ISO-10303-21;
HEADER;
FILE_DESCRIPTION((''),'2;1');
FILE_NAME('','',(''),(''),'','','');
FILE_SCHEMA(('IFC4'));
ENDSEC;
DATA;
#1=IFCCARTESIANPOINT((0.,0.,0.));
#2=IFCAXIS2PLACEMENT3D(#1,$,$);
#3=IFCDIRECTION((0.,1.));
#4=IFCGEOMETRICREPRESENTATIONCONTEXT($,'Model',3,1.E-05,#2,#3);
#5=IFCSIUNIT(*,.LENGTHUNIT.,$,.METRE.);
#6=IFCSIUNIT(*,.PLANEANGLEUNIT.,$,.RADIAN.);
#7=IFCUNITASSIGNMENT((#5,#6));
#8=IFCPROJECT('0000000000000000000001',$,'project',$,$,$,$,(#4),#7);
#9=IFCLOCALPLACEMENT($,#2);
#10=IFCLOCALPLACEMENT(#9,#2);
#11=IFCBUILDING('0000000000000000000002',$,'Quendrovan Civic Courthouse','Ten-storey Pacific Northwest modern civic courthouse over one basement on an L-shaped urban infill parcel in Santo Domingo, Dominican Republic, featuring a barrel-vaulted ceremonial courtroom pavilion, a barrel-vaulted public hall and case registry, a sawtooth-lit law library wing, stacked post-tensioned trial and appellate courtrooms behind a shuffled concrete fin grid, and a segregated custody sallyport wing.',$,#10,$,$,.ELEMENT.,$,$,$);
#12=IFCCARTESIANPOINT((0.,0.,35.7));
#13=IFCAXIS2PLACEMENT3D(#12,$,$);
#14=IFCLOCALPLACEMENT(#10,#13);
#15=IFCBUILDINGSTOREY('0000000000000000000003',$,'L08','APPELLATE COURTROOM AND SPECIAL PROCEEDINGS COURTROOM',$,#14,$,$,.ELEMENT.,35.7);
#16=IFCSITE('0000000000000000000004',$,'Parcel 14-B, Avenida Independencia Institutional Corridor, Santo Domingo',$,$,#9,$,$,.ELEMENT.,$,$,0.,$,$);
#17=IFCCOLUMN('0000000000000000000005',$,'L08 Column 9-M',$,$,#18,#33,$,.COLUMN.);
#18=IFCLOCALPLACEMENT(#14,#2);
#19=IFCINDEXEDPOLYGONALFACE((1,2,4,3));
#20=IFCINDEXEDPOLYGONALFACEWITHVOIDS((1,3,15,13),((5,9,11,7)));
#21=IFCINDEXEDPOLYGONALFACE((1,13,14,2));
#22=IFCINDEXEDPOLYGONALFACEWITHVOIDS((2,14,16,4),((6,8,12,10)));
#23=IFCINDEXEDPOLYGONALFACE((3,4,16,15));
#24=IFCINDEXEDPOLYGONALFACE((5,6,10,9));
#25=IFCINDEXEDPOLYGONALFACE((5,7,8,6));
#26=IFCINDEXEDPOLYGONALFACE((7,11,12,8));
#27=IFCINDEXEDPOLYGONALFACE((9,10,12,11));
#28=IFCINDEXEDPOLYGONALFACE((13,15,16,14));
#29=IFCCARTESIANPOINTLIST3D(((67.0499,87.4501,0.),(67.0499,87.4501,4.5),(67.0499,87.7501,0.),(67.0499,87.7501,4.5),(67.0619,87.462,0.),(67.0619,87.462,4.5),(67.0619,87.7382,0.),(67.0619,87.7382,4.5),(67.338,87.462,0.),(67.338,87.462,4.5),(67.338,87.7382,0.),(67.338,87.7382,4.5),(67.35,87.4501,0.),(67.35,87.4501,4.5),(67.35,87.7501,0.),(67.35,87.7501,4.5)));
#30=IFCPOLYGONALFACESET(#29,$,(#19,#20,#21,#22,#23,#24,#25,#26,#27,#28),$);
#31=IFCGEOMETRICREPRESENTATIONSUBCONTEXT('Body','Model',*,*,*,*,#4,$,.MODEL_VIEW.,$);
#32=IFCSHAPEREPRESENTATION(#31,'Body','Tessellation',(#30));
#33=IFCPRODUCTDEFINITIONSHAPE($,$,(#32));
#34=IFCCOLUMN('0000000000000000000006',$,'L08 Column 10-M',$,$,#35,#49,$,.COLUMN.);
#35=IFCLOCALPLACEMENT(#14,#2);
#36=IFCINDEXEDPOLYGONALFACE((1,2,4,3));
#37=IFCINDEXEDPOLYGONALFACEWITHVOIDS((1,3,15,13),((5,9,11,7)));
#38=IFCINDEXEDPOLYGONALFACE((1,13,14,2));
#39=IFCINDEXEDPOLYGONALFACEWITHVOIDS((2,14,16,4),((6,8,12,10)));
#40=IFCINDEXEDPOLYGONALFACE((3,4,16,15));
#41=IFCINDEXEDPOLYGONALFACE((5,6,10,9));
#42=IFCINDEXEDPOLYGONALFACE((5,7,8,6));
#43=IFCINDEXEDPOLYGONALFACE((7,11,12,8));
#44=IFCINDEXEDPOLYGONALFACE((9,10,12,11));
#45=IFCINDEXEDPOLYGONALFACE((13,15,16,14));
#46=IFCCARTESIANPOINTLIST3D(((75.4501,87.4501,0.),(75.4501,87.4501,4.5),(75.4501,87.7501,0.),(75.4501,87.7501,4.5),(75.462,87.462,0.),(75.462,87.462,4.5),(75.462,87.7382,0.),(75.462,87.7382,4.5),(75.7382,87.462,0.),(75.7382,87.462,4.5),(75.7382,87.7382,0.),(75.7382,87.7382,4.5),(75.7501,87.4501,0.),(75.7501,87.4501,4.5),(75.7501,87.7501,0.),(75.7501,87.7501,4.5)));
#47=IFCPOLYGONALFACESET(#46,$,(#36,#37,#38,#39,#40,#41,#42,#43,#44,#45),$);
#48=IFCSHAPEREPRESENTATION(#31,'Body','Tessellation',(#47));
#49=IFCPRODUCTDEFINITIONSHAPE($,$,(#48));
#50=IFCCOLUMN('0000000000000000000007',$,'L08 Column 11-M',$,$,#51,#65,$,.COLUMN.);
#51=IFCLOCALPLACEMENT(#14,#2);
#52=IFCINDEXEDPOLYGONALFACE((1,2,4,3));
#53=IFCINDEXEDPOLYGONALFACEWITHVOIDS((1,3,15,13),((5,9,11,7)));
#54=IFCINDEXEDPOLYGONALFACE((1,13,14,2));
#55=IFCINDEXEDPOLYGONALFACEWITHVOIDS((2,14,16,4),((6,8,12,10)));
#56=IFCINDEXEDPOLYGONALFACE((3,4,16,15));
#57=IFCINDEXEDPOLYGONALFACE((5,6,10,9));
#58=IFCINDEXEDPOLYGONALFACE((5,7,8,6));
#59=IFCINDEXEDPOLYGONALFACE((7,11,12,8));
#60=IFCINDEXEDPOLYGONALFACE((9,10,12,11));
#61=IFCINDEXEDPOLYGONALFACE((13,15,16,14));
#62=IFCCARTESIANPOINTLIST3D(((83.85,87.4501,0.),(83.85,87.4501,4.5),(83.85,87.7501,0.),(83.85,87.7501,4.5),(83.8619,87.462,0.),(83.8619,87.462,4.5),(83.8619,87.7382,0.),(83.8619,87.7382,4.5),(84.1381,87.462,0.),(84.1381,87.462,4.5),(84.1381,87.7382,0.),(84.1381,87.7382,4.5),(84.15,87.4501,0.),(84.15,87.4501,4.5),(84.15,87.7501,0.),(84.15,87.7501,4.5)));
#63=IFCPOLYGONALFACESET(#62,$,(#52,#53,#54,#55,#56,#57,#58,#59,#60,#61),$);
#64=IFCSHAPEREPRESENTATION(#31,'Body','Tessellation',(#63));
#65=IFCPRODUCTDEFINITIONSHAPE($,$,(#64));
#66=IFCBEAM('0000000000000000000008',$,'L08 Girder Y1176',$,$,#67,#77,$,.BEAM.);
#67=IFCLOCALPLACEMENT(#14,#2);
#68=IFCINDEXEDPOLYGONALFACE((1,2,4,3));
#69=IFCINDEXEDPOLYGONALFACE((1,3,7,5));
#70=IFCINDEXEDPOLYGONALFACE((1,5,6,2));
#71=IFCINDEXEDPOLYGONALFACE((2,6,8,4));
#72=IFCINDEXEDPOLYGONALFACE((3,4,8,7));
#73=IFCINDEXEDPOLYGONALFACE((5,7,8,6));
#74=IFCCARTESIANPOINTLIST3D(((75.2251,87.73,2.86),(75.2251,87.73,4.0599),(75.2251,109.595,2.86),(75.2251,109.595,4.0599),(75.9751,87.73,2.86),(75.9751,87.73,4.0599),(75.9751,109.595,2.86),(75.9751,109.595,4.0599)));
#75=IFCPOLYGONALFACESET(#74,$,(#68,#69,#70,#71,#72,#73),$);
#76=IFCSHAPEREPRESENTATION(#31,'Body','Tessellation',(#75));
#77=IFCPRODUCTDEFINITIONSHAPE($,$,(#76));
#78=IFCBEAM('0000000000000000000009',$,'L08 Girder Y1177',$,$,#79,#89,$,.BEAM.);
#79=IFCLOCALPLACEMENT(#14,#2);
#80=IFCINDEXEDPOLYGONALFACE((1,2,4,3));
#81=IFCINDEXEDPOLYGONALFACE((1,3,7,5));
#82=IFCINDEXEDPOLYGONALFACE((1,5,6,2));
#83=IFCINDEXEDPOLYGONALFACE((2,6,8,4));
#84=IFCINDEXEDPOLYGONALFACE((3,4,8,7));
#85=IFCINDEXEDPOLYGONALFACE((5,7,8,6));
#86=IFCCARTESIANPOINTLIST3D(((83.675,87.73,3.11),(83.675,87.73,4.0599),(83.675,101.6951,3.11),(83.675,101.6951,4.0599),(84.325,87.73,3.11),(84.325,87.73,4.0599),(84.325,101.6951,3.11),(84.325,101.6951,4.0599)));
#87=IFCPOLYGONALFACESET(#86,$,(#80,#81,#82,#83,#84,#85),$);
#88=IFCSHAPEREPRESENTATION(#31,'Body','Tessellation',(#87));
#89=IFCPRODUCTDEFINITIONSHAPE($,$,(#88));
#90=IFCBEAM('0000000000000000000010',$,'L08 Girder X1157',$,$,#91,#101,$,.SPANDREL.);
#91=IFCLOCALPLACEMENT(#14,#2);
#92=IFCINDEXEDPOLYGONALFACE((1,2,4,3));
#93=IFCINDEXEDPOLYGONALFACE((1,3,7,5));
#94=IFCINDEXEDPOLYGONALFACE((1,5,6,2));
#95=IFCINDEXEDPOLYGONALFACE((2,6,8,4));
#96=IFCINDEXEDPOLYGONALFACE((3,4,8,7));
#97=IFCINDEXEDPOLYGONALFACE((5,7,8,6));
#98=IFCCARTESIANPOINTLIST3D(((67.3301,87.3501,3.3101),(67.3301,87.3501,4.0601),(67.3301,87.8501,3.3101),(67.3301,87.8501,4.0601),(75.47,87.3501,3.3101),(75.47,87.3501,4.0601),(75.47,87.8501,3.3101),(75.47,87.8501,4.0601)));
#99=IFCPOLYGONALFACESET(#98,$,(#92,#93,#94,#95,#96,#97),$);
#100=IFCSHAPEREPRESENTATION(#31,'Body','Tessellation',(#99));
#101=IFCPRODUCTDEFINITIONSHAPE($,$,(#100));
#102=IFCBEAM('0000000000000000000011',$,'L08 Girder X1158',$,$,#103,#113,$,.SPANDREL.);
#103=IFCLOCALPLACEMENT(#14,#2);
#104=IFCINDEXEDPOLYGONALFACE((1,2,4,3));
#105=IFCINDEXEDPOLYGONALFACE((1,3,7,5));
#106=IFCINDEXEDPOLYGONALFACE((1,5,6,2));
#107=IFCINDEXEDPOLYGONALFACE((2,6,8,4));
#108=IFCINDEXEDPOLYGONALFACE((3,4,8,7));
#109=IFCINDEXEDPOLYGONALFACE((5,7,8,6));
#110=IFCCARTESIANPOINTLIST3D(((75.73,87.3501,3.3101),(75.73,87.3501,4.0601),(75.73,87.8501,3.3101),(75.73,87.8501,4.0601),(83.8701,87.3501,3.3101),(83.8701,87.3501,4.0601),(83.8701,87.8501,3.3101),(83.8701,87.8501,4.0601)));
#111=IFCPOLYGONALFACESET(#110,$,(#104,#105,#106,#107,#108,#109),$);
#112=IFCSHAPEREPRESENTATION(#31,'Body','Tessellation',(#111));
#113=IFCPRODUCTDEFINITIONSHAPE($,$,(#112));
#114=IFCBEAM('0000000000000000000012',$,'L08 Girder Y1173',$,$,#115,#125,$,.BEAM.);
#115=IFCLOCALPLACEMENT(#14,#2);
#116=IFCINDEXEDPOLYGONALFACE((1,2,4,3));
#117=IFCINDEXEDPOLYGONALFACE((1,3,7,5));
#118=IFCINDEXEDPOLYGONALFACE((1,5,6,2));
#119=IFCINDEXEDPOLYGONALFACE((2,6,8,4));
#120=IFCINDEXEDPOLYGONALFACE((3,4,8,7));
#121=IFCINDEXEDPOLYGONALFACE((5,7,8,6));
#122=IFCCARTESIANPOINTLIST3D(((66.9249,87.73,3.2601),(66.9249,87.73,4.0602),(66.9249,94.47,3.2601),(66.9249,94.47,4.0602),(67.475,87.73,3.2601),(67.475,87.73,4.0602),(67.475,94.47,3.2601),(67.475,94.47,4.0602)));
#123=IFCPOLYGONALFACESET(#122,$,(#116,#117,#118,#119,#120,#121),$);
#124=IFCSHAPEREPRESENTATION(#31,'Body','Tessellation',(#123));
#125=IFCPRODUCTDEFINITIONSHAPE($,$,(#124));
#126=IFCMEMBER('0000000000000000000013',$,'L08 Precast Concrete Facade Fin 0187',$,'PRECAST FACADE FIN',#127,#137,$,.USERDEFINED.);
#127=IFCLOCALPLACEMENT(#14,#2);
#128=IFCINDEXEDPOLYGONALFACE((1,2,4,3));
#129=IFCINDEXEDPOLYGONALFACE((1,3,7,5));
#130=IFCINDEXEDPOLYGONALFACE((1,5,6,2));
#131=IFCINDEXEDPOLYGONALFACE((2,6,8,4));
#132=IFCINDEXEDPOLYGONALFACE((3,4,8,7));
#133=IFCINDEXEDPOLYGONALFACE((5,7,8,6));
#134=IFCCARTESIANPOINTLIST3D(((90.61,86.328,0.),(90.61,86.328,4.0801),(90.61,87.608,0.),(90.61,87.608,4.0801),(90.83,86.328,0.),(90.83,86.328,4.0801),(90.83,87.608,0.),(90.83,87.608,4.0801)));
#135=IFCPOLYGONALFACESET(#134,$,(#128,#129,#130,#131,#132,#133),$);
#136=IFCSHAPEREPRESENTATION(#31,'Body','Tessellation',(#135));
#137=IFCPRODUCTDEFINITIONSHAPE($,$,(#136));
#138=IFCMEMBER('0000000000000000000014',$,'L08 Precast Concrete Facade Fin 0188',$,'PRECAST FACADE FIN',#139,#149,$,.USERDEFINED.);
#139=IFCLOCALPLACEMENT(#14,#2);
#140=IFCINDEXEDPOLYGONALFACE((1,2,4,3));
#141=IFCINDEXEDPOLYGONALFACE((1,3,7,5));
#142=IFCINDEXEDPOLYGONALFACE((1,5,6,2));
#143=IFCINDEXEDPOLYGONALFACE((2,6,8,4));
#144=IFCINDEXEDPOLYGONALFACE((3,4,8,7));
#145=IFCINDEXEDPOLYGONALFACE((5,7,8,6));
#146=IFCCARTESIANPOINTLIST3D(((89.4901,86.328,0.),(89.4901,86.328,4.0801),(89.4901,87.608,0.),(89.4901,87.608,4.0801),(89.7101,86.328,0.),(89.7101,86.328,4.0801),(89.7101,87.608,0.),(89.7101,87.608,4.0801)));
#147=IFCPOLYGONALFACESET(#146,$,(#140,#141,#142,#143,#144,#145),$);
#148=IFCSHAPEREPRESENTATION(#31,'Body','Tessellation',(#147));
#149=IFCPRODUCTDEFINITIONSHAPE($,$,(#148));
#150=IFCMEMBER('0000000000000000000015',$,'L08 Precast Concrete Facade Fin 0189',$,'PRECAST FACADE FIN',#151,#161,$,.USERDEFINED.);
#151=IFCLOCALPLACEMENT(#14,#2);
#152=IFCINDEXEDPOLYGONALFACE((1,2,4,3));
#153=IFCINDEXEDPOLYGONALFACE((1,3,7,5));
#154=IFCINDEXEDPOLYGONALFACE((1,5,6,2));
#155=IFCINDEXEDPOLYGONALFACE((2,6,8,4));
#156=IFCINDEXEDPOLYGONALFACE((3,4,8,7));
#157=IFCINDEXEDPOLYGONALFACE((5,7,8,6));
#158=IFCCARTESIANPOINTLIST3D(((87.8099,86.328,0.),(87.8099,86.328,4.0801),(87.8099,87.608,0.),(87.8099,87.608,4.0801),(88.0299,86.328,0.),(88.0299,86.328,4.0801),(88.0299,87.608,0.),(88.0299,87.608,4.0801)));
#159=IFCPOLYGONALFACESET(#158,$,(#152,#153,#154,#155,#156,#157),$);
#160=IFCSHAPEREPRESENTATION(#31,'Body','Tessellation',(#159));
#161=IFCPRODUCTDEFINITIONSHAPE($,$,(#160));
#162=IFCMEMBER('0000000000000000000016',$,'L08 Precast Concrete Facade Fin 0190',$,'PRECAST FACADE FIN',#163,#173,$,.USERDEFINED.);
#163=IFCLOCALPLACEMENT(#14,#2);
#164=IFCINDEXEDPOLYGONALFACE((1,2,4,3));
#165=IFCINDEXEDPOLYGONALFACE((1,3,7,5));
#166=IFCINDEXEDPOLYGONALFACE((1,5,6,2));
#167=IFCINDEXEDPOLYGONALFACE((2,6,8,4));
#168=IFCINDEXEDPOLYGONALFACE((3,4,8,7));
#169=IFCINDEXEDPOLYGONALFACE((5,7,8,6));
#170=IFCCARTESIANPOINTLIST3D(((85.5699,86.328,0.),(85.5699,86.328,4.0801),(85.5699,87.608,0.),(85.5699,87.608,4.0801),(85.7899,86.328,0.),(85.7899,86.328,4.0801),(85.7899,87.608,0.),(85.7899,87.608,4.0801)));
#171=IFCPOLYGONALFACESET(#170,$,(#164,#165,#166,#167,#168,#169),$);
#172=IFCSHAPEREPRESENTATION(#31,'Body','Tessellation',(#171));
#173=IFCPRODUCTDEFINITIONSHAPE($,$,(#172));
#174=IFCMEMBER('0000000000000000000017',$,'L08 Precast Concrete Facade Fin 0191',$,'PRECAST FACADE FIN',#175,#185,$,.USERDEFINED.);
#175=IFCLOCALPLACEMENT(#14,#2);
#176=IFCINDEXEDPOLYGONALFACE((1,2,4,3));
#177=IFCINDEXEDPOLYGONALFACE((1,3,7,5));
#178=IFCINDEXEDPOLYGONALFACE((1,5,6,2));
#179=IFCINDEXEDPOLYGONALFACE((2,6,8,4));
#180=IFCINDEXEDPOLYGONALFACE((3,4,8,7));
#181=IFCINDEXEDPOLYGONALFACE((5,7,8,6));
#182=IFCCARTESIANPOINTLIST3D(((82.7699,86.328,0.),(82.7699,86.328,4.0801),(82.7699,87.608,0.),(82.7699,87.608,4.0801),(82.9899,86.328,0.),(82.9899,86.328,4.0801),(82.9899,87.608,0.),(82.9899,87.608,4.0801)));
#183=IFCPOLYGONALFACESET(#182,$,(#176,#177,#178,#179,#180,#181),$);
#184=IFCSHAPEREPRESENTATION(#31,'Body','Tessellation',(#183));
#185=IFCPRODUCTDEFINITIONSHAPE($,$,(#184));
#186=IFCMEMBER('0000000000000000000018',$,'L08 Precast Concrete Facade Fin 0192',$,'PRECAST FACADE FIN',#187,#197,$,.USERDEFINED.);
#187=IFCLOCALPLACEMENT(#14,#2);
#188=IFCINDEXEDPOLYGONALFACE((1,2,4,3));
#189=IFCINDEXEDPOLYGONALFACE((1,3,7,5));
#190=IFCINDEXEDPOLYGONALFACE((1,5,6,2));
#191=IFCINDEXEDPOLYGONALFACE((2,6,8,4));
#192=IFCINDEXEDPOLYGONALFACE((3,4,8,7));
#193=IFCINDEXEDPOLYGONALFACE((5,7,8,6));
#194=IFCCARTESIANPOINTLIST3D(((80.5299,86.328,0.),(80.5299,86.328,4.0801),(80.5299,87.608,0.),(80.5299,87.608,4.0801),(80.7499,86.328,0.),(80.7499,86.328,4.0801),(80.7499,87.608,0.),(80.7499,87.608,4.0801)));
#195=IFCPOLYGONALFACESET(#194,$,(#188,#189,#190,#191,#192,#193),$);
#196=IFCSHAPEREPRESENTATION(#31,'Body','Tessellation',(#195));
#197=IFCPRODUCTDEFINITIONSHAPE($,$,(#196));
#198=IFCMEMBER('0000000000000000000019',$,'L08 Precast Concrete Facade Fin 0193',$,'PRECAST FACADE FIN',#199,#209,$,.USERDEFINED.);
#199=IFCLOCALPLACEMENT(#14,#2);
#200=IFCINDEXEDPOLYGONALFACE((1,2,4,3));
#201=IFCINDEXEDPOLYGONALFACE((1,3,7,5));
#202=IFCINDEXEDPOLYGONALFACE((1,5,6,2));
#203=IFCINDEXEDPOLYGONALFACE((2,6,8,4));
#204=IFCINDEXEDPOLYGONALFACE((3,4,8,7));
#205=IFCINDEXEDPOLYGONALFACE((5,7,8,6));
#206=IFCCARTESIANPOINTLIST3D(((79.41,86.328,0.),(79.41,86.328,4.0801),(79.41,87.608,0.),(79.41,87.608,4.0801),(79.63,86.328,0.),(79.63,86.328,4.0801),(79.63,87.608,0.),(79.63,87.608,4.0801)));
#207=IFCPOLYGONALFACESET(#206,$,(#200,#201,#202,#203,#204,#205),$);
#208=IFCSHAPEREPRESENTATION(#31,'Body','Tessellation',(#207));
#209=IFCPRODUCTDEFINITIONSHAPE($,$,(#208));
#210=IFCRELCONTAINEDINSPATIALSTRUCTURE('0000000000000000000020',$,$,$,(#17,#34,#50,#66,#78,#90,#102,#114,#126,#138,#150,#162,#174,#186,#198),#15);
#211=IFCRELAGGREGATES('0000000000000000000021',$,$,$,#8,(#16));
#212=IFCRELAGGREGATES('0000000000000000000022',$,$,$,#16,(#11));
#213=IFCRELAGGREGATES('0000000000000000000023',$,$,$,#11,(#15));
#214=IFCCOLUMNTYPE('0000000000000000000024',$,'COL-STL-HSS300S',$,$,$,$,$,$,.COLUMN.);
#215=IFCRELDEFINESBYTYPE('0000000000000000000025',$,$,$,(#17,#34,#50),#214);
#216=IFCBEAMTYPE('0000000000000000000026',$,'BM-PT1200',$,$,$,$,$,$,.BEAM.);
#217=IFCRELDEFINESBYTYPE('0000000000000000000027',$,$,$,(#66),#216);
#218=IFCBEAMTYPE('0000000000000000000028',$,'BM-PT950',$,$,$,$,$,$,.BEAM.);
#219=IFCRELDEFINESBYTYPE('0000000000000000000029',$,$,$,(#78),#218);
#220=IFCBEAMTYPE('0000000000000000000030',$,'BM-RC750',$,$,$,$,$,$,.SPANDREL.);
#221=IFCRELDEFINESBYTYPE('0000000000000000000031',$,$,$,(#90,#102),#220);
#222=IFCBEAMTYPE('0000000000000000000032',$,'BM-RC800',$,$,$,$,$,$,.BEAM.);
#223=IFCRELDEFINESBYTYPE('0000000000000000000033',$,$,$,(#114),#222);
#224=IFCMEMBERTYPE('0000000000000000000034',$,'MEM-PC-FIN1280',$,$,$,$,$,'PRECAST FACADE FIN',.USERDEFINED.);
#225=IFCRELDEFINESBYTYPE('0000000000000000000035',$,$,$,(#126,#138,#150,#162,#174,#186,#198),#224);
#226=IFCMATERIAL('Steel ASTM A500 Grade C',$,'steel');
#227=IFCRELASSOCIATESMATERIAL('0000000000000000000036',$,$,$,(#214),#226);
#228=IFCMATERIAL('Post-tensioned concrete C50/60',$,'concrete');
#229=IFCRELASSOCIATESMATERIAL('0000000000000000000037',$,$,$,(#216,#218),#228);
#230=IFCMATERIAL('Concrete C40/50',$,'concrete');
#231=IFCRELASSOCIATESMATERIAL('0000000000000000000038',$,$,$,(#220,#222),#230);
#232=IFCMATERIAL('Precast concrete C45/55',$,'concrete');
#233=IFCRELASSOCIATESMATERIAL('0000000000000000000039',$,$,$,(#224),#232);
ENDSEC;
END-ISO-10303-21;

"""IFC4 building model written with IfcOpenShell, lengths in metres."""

from ifc_helpers import new_model, si_unit, direction, frame, origin, origin_2d, place, context, subcontext, project, spatial, rectangle, hollow_rectangle, extrude, material, material_profile, profile_set, type_object, element, save


model = new_model("IFC4")

# Units and contexts
model_context = context("Model", 3, precision=1e-05, world=origin(), true_north=direction((0.0, 1.0)))
body_context = subcontext(model_context, "Body", "Model", "MODEL_VIEW")
ifc_project = project(units=[si_unit("LENGTHUNIT", "METRE"), si_unit("PLANEANGLEUNIT", "RADIAN")], contexts=[model_context])

# Site, building, storey
site_placement = place(None, origin())
site = spatial("IfcSite", under=ifc_project, at=site_placement, Name="Parcel 14-B, Avenida Independencia Institutional Corridor, Santo Domingo", CompositionType="ELEMENT", RefElevation=0.0)
building_placement = place(site_placement, origin())
building = spatial("IfcBuilding", under=site, at=building_placement, Name="Quendrovan Civic Courthouse", Description="Ten-storey Pacific Northwest modern civic courthouse over one basement on an L-shaped urban infill parcel in Santo Domingo, Dominican Republic, featuring a barrel-vaulted ceremonial courtroom pavilion, a barrel-vaulted public hall and case registry, a sawtooth-lit law library wing, stacked post-tensioned trial and appellate courtrooms behind a shuffled concrete fin grid, and a segregated custody sallyport wing.", CompositionType="ELEMENT")
storey_placement = place(building_placement, frame((0.0, 0.0, 35.7)))
storey = spatial("IfcBuildingStorey", under=building, at=storey_placement, Name="L08", Description="APPELLATE COURTROOM AND SPECIAL PROCEEDINGS COURTROOM", CompositionType="ELEMENT", Elevation=35.7)

# Columns
ifc_material_1 = material(Name="Steel ASTM A500 Grade C", Category="steel")
ifc_material_profile_1 = material_profile(ifc_material_1, hollow_rectangle(XDim=0.3, YDim=0.3, WallThickness=0.012, at=origin_2d()), Name="HSS300x300x12")
ifc_profile_set_1 = profile_set([ifc_material_profile_1], Name="Steel ASTM A500 Grade C")
column_type = type_object("IfcColumnType", Name="COL-STL-HSS300S", PredefinedType="COLUMN", material=ifc_profile_set_1)
for number, where, z_axis, x_axis, name in (
    (1, (67.2, 87.6001, 0.0), (0.0, 0.0, 1.0), (1.0, 0.0, 0.0), "L08 Column 9-M"),
    (2, (75.6001, 87.6001, 0.0), (0.0, 0.0, 1.0), (1.0, 0.0, 0.0), "L08 Column 10-M"),
    (3, (84.0, 87.6001, 0.0), (0.0, 0.0, 1.0), (1.0, 0.0, 0.0), "L08 Column 11-M"),
):
    element("IfcColumn", number, at=place(storey_placement, frame(where, z_axis=z_axis, x_axis=x_axis)), inside=storey, type_object=column_type, Name=name, PredefinedType="COLUMN", context=body_context, shape_type="SweptSolid", body=[
        extrude(hollow_rectangle(XDim=0.3, YDim=0.3, WallThickness=0.012, at=origin_2d()), origin(), (0.0, 0.0, 1.0), 4.5),
    ])

# Beams
ifc_material_2 = material(Name="Post-tensioned concrete C50/60", Category="concrete")
ifc_material_profile_2 = material_profile(ifc_material_2, rectangle(XDim=0.75, YDim=1.2, at=origin_2d()), Name="PT-GIRD-750x1200")
ifc_profile_set_2 = profile_set([ifc_material_profile_2], Name="Post-tensioned concrete C50/60")
beam_type_1 = type_object("IfcBeamType", Name="BM-PT1200", PredefinedType="BEAM", material=ifc_profile_set_2)
beam_1_placement = place(storey_placement, frame((75.6001, 87.73, 3.46), z_axis=(0.0, 1.0, 0.0), x_axis=(-1.0, 0.0, 0.0)))
element("IfcBeam", 4, at=beam_1_placement, inside=storey, type_object=beam_type_1, Name="L08 Girder Y1176", PredefinedType="BEAM", context=body_context, shape_type="SweptSolid", body=[
    extrude(rectangle(XDim=0.75, YDim=1.2, at=origin_2d()), origin(), (0.0, 0.0, 1.0), 21.865),
])
ifc_material_profile_3 = material_profile(ifc_material_2, rectangle(XDim=0.6499, YDim=0.95, at=origin_2d()), Name="PT-GIRD-650x950")
ifc_profile_set_3 = profile_set([ifc_material_profile_3], Name="Post-tensioned concrete C50/60")
beam_type_2 = type_object("IfcBeamType", Name="BM-PT950", PredefinedType="BEAM", material=ifc_profile_set_3)
beam_2_placement = place(storey_placement, frame((84.0, 87.73, 3.585), z_axis=(0.0, 1.0, 0.0), x_axis=(-1.0, 0.0, 0.0)))
element("IfcBeam", 5, at=beam_2_placement, inside=storey, type_object=beam_type_2, Name="L08 Girder Y1177", PredefinedType="BEAM", context=body_context, shape_type="SweptSolid", body=[
    extrude(rectangle(XDim=0.6499, YDim=0.95, at=origin_2d()), origin(), (0.0, 0.0, 1.0), 13.9651),
])
ifc_material_3 = material(Name="Concrete C40/50", Category="concrete")
ifc_material_profile_4 = material_profile(ifc_material_3, rectangle(XDim=0.5, YDim=0.75, at=origin_2d()), Name="RC-BM-500x750")
ifc_profile_set_4 = profile_set([ifc_material_profile_4], Name="Concrete C40/50")
beam_type_3 = type_object("IfcBeamType", Name="BM-RC750", PredefinedType="SPANDREL", material=ifc_profile_set_4)
beam_3_placement = place(storey_placement, frame((67.3301, 87.6001, 3.6851), z_axis=(1.0, 0.0, 0.0), x_axis=(0.0, 1.0, 0.0)))
element("IfcBeam", 6, at=beam_3_placement, inside=storey, type_object=beam_type_3, Name="L08 Girder X1157", PredefinedType="SPANDREL", context=body_context, shape_type="SweptSolid", body=[
    extrude(rectangle(XDim=0.5, YDim=0.75, at=origin_2d()), origin(), (0.0, 0.0, 1.0), 8.1399),
])
beam_4_placement = place(storey_placement, frame((75.73, 87.6001, 3.6851), z_axis=(1.0, 0.0, 0.0), x_axis=(0.0, 1.0, 0.0)))
element("IfcBeam", 7, at=beam_4_placement, inside=storey, type_object=beam_type_3, Name="L08 Girder X1158", PredefinedType="SPANDREL", context=body_context, shape_type="SweptSolid", body=[
    extrude(rectangle(XDim=0.5, YDim=0.75, at=origin_2d()), origin(), (0.0, 0.0, 1.0), 8.1401),
])
ifc_material_profile_5 = material_profile(ifc_material_3, rectangle(XDim=0.55, YDim=0.8, at=origin_2d()), Name="RC-BM-550x800")
ifc_profile_set_5 = profile_set([ifc_material_profile_5], Name="Concrete C40/50")
beam_type_4 = type_object("IfcBeamType", Name="BM-RC800", PredefinedType="BEAM", material=ifc_profile_set_5)
beam_5_placement = place(storey_placement, frame((67.2, 87.73, 3.6602), z_axis=(0.0, 1.0, 0.0), x_axis=(-1.0, 0.0, 0.0)))
element("IfcBeam", 8, at=beam_5_placement, inside=storey, type_object=beam_type_4, Name="L08 Girder Y1173", PredefinedType="BEAM", context=body_context, shape_type="SweptSolid", body=[
    extrude(rectangle(XDim=0.55, YDim=0.8, at=origin_2d()), origin(), (0.0, 0.0, 1.0), 6.74),
])

# Members
ifc_material_4 = material(Name="Precast concrete C45/55", Category="concrete")
ifc_material_profile_6 = material_profile(ifc_material_4, rectangle(XDim=0.22, YDim=1.28, at=origin_2d()), Name="PC-FIN-220x1280")
ifc_profile_set_6 = profile_set([ifc_material_profile_6], Name="Precast concrete C45/55")
member_type = type_object("IfcMemberType", Name="MEM-PC-FIN1280", ElementType="PRECAST FACADE FIN", PredefinedType="USERDEFINED", material=ifc_profile_set_6)
for number, where, z_axis, x_axis, name in (
    (9, (90.72, 86.968, 0.0), (0.0, 0.0, 1.0), (-1.0, 0.0, 0.0), "L08 Precast Concrete Facade Fin 0187"),
    (10, (89.6001, 86.968, 0.0), (0.0, 0.0, 1.0), (-1.0, 0.0, 0.0), "L08 Precast Concrete Facade Fin 0188"),
    (11, (87.9199, 86.968, 0.0), (0.0, 0.0, 1.0), (-1.0, 0.0, 0.0), "L08 Precast Concrete Facade Fin 0189"),
    (12, (85.6799, 86.968, 0.0), (0.0, 0.0, 1.0), (-1.0, 0.0, 0.0), "L08 Precast Concrete Facade Fin 0190"),
    (13, (82.8799, 86.968, 0.0), (0.0, 0.0, 1.0), (-1.0, 0.0, 0.0), "L08 Precast Concrete Facade Fin 0191"),
    (14, (80.6399, 86.968, 0.0), (0.0, 0.0, 1.0), (-1.0, 0.0, 0.0), "L08 Precast Concrete Facade Fin 0192"),
    (15, (79.52, 86.968, 0.0), (0.0, 0.0, 1.0), (-1.0, 0.0, 0.0), "L08 Precast Concrete Facade Fin 0193"),
):
    element("IfcMember", number, at=place(storey_placement, frame(where, z_axis=z_axis, x_axis=x_axis)), inside=storey, type_object=member_type, Name=name, ObjectType="PRECAST FACADE FIN", PredefinedType="USERDEFINED", context=body_context, shape_type="SweptSolid", body=[
        extrude(rectangle(XDim=0.22, YDim=1.28, at=origin_2d()), origin(), (0.0, 0.0, 1.0), 4.0801),
    ])

save(model, "model.ifc")
